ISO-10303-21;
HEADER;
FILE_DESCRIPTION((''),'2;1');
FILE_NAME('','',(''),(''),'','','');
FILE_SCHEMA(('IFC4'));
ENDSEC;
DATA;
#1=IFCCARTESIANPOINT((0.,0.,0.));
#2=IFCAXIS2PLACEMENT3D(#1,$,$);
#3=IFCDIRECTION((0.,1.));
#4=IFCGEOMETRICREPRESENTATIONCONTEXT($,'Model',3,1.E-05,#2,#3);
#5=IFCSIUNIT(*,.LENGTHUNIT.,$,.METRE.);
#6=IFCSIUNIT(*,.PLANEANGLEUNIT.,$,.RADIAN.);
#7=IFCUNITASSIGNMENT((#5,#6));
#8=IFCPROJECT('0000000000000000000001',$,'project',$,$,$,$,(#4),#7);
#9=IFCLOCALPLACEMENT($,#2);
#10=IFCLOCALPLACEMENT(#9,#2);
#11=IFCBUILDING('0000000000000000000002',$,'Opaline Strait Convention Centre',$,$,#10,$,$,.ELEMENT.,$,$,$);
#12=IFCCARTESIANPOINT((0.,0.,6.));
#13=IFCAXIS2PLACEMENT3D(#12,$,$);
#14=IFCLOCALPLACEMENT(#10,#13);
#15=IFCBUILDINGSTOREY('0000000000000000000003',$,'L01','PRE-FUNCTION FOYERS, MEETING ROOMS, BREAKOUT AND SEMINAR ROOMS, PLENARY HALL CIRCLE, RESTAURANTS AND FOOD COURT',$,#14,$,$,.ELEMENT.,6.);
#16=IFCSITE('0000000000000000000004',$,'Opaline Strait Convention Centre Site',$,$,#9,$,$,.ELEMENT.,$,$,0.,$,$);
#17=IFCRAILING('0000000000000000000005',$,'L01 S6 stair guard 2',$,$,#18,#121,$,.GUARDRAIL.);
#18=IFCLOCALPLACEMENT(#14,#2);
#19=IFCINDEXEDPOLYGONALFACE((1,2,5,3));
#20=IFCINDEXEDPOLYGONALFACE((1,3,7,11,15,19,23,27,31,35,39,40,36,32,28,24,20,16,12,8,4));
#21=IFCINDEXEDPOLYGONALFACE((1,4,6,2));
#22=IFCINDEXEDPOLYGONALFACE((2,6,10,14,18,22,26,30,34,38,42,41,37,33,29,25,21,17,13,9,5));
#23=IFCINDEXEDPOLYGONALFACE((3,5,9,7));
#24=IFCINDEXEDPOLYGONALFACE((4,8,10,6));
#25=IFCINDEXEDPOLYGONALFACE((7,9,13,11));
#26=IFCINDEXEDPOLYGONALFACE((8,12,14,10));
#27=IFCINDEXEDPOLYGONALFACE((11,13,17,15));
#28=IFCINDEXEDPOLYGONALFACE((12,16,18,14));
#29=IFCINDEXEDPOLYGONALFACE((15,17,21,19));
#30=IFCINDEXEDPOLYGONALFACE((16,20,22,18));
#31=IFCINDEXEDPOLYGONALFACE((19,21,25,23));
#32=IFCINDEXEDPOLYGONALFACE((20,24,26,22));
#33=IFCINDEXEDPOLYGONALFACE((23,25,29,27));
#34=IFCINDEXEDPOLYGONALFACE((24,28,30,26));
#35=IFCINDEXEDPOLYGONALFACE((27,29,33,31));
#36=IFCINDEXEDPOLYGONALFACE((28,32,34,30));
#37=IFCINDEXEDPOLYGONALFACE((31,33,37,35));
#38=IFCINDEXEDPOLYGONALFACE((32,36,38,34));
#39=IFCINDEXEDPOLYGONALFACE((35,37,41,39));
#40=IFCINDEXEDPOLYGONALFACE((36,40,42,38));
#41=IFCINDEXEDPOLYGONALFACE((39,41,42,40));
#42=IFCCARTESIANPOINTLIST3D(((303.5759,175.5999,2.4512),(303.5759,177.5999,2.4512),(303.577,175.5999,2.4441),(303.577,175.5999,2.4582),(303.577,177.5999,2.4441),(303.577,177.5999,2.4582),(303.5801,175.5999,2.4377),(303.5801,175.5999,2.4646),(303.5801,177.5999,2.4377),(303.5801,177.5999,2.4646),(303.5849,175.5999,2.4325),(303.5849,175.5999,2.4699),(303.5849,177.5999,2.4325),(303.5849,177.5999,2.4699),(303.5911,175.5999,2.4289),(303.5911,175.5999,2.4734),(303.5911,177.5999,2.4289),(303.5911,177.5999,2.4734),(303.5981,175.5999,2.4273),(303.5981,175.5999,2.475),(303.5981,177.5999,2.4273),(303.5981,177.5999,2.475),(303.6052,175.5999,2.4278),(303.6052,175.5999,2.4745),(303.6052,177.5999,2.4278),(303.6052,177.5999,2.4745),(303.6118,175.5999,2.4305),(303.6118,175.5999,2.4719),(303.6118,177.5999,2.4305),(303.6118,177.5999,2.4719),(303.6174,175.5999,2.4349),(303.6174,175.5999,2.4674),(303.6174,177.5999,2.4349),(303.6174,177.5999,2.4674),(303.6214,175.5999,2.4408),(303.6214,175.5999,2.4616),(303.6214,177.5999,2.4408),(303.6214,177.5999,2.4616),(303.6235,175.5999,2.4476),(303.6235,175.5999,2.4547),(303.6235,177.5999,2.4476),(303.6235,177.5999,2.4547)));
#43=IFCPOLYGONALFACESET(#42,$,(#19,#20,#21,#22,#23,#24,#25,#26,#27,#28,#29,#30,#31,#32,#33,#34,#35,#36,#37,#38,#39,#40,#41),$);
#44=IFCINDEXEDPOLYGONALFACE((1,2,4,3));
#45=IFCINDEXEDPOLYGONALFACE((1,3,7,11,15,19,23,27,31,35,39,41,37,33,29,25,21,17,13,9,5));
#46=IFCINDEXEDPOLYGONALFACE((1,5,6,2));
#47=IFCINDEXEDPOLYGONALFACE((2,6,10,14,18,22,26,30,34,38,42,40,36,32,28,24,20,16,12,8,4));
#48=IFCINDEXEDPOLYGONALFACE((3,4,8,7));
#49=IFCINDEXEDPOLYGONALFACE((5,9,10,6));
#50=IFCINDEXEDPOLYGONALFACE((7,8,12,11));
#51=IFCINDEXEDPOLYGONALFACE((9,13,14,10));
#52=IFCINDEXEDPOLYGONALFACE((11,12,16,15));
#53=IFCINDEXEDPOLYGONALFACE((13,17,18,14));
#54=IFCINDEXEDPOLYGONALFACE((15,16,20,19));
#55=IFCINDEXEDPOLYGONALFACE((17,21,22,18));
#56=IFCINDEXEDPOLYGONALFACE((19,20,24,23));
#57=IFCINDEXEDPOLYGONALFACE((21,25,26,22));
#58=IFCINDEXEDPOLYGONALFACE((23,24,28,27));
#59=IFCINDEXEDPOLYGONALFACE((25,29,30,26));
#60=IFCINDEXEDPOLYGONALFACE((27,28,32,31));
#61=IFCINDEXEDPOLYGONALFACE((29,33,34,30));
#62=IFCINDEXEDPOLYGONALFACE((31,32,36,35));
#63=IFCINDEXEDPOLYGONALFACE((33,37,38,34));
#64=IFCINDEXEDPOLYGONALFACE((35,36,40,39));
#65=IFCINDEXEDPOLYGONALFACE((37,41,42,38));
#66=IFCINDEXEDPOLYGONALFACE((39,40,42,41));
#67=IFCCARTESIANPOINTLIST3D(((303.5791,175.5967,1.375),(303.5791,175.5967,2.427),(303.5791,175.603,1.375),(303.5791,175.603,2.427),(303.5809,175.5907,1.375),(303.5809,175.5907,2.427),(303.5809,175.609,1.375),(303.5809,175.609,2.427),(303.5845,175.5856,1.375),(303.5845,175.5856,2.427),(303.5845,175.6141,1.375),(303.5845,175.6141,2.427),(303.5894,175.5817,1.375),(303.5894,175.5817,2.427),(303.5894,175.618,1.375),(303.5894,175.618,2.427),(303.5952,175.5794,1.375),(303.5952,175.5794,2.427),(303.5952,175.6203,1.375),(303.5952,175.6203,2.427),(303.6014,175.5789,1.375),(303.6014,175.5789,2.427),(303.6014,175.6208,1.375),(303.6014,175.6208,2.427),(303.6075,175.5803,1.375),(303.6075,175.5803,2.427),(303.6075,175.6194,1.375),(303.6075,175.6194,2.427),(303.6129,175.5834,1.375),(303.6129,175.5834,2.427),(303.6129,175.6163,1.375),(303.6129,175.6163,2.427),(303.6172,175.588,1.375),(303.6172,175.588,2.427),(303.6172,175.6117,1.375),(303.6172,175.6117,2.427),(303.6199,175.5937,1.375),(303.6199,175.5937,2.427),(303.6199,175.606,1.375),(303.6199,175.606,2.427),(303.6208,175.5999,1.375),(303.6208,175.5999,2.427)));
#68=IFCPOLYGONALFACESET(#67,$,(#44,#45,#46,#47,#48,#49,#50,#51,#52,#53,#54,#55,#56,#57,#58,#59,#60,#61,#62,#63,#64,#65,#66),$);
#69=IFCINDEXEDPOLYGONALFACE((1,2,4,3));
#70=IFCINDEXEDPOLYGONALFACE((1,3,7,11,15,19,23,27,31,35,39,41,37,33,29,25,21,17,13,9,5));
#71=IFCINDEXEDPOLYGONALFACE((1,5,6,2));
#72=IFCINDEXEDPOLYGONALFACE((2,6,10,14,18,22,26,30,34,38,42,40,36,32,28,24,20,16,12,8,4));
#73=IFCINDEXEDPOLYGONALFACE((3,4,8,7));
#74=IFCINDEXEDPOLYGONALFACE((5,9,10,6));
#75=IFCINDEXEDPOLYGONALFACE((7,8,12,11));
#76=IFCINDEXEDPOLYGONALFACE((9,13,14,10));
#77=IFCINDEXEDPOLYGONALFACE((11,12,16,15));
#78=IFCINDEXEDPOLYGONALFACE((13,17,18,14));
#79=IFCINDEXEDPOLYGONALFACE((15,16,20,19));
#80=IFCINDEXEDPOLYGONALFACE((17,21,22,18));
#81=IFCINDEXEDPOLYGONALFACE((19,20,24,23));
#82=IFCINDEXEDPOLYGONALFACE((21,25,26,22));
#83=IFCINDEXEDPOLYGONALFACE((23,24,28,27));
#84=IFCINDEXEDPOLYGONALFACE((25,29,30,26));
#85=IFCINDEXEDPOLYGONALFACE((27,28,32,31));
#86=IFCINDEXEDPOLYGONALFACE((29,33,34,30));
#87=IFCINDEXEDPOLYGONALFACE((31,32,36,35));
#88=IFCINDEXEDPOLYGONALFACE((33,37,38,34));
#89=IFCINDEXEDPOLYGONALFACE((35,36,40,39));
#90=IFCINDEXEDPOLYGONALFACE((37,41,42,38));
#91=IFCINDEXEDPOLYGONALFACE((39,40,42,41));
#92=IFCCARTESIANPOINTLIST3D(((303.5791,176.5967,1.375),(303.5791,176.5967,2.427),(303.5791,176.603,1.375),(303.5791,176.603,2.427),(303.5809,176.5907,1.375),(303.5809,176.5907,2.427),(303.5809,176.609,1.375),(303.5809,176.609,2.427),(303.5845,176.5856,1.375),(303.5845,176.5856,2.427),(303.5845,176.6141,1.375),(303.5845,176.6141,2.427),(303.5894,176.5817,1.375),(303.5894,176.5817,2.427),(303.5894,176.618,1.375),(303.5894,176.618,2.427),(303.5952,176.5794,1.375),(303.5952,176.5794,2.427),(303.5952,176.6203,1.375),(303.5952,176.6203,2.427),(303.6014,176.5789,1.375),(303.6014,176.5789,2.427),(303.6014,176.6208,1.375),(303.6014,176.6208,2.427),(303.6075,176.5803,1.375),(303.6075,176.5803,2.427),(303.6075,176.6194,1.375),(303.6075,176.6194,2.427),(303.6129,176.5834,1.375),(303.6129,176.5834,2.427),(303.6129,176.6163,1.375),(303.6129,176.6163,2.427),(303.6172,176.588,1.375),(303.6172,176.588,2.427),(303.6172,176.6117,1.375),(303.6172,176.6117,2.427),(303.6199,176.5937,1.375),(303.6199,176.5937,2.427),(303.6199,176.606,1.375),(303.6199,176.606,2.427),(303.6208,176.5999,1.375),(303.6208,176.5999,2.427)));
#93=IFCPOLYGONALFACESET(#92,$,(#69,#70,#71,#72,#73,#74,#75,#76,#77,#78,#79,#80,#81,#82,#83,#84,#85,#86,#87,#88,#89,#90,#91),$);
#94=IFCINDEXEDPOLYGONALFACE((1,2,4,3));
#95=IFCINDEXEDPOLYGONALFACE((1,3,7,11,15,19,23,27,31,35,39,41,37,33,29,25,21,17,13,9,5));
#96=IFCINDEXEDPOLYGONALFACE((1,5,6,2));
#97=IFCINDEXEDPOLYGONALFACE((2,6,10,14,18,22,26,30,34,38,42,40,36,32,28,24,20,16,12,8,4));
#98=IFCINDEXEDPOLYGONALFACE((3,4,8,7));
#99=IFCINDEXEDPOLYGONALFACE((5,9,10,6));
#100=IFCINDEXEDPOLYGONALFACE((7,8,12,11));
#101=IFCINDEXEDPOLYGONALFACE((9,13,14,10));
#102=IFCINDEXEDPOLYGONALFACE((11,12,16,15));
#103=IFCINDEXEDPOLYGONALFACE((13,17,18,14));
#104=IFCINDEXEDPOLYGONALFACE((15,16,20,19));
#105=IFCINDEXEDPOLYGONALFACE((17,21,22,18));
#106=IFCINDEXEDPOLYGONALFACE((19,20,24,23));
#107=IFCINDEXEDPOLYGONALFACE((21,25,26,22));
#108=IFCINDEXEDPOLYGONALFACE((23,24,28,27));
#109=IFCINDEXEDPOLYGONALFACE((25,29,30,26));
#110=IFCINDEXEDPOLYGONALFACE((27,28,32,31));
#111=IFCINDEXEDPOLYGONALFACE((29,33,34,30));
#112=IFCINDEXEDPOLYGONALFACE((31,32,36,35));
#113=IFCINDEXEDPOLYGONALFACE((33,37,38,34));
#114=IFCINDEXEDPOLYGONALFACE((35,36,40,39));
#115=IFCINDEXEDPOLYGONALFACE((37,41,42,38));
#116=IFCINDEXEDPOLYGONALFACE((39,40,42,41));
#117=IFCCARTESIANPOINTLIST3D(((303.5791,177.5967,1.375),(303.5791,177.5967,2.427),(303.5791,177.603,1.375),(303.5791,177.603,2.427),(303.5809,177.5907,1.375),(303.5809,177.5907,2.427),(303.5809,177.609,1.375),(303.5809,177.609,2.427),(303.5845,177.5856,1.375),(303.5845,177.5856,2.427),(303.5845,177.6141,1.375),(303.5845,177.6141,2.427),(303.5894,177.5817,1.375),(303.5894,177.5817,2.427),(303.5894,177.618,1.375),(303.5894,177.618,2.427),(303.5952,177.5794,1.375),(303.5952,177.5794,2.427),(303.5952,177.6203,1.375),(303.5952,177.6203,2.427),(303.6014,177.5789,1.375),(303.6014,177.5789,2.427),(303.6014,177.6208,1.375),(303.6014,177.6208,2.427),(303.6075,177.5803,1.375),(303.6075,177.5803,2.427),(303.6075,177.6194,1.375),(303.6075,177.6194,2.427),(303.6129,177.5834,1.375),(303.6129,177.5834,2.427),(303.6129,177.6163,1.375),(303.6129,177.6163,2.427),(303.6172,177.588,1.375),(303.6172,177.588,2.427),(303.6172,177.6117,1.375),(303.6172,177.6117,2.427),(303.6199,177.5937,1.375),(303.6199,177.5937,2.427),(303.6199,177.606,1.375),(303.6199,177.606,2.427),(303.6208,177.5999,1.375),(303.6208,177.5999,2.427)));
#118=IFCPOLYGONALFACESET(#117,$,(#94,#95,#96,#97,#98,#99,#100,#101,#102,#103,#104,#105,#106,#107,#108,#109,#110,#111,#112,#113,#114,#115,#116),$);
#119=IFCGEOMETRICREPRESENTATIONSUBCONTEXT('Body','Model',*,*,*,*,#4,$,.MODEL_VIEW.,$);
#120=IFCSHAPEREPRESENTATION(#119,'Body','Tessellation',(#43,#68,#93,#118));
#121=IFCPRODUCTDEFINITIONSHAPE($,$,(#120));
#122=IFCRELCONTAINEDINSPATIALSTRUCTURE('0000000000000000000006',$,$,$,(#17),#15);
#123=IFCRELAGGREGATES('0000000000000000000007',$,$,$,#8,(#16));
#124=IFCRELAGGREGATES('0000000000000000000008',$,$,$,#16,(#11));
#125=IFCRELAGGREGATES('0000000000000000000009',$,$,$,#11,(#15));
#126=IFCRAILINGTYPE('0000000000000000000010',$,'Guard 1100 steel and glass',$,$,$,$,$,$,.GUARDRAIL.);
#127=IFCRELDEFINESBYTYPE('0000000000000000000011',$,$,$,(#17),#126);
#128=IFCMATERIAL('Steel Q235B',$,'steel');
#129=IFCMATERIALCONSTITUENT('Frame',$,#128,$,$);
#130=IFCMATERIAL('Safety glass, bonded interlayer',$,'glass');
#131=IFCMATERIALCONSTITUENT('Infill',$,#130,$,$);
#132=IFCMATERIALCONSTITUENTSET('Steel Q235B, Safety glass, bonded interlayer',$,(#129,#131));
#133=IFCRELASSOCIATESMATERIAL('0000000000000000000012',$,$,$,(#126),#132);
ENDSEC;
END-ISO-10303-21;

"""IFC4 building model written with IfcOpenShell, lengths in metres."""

from ifc_helpers import new_model, si_unit, direction, frame, origin, origin_2d, place, context, subcontext, project, spatial, circle, extrude, material, constituent, constituent_set, type_object, element, save


model = new_model("IFC4")

# Units and contexts
model_context = context("Model", 3, precision=1e-05, world=origin(), true_north=direction((0.0, 1.0)))
body_context = subcontext(model_context, "Body", "Model", "MODEL_VIEW")
ifc_project = project(units=[si_unit("LENGTHUNIT", "METRE"), si_unit("PLANEANGLEUNIT", "RADIAN")], contexts=[model_context])

# Site, building, storey
site_placement = place(None, origin())
site = spatial("IfcSite", under=ifc_project, at=site_placement, Name="Opaline Strait Convention Centre Site", CompositionType="ELEMENT", RefElevation=0.0)
building_placement = place(site_placement, origin())
building = spatial("IfcBuilding", under=site, at=building_placement, Name="Opaline Strait Convention Centre", CompositionType="ELEMENT")
storey_placement = place(building_placement, frame((0.0, 0.0, 6.0)))
storey = spatial("IfcBuildingStorey", under=building, at=storey_placement, Name="L01", Description="PRE-FUNCTION FOYERS, MEETING ROOMS, BREAKOUT AND SEMINAR ROOMS, PLENARY HALL CIRCLE, RESTAURANTS AND FOOD COURT", CompositionType="ELEMENT", Elevation=6.0)

# Railing
ifc_material_1 = material(Name="Steel Q235B", Category="steel")
ifc_constituent_1 = constituent(ifc_material_1, Name="Frame")
ifc_material_2 = material(Name="Safety glass, bonded interlayer", Category="glass")
ifc_constituent_2 = constituent(ifc_material_2, Name="Infill")
ifc_constituent_set = constituent_set(constituents=[ifc_constituent_1, ifc_constituent_2], Name="Steel Q235B, Safety glass, bonded interlayer")
railing_type_1 = type_object("IfcRailingType", Name="Guard 1100 steel and glass", PredefinedType="GUARDRAIL", material=ifc_constituent_set)
railing_1_placement = place(storey_placement, frame((303.5999, 175.5999, 1.375)))
element("IfcRailing", 1, at=railing_1_placement, inside=storey, type_object=railing_type_1, Name="L01 S6 stair guard 2", PredefinedType="GUARDRAIL", context=body_context, shape_type="SweptSolid", body=[
    extrude(circle(Radius=0.0239, at=origin_2d()), frame((0.0, 0.0, 1.0762), z_axis=(0.0, 1.0, 0.0), x_axis=(-1.0, 0.0, 0.0)), (0.0, 0.0, 1.0), 2.0),
    extrude(circle(Radius=0.021, at=origin_2d()), origin(), (0.0, 0.0, 1.0), 1.052),
    extrude(circle(Radius=0.021, at=origin_2d()), frame((0.0, 1.0, 0.0)), (0.0, 0.0, 1.0), 1.052),
    extrude(circle(Radius=0.021, at=origin_2d()), frame((0.0, 2.0, 0.0)), (0.0, 0.0, 1.0), 1.052),
])

save(model, "model.ifc")
